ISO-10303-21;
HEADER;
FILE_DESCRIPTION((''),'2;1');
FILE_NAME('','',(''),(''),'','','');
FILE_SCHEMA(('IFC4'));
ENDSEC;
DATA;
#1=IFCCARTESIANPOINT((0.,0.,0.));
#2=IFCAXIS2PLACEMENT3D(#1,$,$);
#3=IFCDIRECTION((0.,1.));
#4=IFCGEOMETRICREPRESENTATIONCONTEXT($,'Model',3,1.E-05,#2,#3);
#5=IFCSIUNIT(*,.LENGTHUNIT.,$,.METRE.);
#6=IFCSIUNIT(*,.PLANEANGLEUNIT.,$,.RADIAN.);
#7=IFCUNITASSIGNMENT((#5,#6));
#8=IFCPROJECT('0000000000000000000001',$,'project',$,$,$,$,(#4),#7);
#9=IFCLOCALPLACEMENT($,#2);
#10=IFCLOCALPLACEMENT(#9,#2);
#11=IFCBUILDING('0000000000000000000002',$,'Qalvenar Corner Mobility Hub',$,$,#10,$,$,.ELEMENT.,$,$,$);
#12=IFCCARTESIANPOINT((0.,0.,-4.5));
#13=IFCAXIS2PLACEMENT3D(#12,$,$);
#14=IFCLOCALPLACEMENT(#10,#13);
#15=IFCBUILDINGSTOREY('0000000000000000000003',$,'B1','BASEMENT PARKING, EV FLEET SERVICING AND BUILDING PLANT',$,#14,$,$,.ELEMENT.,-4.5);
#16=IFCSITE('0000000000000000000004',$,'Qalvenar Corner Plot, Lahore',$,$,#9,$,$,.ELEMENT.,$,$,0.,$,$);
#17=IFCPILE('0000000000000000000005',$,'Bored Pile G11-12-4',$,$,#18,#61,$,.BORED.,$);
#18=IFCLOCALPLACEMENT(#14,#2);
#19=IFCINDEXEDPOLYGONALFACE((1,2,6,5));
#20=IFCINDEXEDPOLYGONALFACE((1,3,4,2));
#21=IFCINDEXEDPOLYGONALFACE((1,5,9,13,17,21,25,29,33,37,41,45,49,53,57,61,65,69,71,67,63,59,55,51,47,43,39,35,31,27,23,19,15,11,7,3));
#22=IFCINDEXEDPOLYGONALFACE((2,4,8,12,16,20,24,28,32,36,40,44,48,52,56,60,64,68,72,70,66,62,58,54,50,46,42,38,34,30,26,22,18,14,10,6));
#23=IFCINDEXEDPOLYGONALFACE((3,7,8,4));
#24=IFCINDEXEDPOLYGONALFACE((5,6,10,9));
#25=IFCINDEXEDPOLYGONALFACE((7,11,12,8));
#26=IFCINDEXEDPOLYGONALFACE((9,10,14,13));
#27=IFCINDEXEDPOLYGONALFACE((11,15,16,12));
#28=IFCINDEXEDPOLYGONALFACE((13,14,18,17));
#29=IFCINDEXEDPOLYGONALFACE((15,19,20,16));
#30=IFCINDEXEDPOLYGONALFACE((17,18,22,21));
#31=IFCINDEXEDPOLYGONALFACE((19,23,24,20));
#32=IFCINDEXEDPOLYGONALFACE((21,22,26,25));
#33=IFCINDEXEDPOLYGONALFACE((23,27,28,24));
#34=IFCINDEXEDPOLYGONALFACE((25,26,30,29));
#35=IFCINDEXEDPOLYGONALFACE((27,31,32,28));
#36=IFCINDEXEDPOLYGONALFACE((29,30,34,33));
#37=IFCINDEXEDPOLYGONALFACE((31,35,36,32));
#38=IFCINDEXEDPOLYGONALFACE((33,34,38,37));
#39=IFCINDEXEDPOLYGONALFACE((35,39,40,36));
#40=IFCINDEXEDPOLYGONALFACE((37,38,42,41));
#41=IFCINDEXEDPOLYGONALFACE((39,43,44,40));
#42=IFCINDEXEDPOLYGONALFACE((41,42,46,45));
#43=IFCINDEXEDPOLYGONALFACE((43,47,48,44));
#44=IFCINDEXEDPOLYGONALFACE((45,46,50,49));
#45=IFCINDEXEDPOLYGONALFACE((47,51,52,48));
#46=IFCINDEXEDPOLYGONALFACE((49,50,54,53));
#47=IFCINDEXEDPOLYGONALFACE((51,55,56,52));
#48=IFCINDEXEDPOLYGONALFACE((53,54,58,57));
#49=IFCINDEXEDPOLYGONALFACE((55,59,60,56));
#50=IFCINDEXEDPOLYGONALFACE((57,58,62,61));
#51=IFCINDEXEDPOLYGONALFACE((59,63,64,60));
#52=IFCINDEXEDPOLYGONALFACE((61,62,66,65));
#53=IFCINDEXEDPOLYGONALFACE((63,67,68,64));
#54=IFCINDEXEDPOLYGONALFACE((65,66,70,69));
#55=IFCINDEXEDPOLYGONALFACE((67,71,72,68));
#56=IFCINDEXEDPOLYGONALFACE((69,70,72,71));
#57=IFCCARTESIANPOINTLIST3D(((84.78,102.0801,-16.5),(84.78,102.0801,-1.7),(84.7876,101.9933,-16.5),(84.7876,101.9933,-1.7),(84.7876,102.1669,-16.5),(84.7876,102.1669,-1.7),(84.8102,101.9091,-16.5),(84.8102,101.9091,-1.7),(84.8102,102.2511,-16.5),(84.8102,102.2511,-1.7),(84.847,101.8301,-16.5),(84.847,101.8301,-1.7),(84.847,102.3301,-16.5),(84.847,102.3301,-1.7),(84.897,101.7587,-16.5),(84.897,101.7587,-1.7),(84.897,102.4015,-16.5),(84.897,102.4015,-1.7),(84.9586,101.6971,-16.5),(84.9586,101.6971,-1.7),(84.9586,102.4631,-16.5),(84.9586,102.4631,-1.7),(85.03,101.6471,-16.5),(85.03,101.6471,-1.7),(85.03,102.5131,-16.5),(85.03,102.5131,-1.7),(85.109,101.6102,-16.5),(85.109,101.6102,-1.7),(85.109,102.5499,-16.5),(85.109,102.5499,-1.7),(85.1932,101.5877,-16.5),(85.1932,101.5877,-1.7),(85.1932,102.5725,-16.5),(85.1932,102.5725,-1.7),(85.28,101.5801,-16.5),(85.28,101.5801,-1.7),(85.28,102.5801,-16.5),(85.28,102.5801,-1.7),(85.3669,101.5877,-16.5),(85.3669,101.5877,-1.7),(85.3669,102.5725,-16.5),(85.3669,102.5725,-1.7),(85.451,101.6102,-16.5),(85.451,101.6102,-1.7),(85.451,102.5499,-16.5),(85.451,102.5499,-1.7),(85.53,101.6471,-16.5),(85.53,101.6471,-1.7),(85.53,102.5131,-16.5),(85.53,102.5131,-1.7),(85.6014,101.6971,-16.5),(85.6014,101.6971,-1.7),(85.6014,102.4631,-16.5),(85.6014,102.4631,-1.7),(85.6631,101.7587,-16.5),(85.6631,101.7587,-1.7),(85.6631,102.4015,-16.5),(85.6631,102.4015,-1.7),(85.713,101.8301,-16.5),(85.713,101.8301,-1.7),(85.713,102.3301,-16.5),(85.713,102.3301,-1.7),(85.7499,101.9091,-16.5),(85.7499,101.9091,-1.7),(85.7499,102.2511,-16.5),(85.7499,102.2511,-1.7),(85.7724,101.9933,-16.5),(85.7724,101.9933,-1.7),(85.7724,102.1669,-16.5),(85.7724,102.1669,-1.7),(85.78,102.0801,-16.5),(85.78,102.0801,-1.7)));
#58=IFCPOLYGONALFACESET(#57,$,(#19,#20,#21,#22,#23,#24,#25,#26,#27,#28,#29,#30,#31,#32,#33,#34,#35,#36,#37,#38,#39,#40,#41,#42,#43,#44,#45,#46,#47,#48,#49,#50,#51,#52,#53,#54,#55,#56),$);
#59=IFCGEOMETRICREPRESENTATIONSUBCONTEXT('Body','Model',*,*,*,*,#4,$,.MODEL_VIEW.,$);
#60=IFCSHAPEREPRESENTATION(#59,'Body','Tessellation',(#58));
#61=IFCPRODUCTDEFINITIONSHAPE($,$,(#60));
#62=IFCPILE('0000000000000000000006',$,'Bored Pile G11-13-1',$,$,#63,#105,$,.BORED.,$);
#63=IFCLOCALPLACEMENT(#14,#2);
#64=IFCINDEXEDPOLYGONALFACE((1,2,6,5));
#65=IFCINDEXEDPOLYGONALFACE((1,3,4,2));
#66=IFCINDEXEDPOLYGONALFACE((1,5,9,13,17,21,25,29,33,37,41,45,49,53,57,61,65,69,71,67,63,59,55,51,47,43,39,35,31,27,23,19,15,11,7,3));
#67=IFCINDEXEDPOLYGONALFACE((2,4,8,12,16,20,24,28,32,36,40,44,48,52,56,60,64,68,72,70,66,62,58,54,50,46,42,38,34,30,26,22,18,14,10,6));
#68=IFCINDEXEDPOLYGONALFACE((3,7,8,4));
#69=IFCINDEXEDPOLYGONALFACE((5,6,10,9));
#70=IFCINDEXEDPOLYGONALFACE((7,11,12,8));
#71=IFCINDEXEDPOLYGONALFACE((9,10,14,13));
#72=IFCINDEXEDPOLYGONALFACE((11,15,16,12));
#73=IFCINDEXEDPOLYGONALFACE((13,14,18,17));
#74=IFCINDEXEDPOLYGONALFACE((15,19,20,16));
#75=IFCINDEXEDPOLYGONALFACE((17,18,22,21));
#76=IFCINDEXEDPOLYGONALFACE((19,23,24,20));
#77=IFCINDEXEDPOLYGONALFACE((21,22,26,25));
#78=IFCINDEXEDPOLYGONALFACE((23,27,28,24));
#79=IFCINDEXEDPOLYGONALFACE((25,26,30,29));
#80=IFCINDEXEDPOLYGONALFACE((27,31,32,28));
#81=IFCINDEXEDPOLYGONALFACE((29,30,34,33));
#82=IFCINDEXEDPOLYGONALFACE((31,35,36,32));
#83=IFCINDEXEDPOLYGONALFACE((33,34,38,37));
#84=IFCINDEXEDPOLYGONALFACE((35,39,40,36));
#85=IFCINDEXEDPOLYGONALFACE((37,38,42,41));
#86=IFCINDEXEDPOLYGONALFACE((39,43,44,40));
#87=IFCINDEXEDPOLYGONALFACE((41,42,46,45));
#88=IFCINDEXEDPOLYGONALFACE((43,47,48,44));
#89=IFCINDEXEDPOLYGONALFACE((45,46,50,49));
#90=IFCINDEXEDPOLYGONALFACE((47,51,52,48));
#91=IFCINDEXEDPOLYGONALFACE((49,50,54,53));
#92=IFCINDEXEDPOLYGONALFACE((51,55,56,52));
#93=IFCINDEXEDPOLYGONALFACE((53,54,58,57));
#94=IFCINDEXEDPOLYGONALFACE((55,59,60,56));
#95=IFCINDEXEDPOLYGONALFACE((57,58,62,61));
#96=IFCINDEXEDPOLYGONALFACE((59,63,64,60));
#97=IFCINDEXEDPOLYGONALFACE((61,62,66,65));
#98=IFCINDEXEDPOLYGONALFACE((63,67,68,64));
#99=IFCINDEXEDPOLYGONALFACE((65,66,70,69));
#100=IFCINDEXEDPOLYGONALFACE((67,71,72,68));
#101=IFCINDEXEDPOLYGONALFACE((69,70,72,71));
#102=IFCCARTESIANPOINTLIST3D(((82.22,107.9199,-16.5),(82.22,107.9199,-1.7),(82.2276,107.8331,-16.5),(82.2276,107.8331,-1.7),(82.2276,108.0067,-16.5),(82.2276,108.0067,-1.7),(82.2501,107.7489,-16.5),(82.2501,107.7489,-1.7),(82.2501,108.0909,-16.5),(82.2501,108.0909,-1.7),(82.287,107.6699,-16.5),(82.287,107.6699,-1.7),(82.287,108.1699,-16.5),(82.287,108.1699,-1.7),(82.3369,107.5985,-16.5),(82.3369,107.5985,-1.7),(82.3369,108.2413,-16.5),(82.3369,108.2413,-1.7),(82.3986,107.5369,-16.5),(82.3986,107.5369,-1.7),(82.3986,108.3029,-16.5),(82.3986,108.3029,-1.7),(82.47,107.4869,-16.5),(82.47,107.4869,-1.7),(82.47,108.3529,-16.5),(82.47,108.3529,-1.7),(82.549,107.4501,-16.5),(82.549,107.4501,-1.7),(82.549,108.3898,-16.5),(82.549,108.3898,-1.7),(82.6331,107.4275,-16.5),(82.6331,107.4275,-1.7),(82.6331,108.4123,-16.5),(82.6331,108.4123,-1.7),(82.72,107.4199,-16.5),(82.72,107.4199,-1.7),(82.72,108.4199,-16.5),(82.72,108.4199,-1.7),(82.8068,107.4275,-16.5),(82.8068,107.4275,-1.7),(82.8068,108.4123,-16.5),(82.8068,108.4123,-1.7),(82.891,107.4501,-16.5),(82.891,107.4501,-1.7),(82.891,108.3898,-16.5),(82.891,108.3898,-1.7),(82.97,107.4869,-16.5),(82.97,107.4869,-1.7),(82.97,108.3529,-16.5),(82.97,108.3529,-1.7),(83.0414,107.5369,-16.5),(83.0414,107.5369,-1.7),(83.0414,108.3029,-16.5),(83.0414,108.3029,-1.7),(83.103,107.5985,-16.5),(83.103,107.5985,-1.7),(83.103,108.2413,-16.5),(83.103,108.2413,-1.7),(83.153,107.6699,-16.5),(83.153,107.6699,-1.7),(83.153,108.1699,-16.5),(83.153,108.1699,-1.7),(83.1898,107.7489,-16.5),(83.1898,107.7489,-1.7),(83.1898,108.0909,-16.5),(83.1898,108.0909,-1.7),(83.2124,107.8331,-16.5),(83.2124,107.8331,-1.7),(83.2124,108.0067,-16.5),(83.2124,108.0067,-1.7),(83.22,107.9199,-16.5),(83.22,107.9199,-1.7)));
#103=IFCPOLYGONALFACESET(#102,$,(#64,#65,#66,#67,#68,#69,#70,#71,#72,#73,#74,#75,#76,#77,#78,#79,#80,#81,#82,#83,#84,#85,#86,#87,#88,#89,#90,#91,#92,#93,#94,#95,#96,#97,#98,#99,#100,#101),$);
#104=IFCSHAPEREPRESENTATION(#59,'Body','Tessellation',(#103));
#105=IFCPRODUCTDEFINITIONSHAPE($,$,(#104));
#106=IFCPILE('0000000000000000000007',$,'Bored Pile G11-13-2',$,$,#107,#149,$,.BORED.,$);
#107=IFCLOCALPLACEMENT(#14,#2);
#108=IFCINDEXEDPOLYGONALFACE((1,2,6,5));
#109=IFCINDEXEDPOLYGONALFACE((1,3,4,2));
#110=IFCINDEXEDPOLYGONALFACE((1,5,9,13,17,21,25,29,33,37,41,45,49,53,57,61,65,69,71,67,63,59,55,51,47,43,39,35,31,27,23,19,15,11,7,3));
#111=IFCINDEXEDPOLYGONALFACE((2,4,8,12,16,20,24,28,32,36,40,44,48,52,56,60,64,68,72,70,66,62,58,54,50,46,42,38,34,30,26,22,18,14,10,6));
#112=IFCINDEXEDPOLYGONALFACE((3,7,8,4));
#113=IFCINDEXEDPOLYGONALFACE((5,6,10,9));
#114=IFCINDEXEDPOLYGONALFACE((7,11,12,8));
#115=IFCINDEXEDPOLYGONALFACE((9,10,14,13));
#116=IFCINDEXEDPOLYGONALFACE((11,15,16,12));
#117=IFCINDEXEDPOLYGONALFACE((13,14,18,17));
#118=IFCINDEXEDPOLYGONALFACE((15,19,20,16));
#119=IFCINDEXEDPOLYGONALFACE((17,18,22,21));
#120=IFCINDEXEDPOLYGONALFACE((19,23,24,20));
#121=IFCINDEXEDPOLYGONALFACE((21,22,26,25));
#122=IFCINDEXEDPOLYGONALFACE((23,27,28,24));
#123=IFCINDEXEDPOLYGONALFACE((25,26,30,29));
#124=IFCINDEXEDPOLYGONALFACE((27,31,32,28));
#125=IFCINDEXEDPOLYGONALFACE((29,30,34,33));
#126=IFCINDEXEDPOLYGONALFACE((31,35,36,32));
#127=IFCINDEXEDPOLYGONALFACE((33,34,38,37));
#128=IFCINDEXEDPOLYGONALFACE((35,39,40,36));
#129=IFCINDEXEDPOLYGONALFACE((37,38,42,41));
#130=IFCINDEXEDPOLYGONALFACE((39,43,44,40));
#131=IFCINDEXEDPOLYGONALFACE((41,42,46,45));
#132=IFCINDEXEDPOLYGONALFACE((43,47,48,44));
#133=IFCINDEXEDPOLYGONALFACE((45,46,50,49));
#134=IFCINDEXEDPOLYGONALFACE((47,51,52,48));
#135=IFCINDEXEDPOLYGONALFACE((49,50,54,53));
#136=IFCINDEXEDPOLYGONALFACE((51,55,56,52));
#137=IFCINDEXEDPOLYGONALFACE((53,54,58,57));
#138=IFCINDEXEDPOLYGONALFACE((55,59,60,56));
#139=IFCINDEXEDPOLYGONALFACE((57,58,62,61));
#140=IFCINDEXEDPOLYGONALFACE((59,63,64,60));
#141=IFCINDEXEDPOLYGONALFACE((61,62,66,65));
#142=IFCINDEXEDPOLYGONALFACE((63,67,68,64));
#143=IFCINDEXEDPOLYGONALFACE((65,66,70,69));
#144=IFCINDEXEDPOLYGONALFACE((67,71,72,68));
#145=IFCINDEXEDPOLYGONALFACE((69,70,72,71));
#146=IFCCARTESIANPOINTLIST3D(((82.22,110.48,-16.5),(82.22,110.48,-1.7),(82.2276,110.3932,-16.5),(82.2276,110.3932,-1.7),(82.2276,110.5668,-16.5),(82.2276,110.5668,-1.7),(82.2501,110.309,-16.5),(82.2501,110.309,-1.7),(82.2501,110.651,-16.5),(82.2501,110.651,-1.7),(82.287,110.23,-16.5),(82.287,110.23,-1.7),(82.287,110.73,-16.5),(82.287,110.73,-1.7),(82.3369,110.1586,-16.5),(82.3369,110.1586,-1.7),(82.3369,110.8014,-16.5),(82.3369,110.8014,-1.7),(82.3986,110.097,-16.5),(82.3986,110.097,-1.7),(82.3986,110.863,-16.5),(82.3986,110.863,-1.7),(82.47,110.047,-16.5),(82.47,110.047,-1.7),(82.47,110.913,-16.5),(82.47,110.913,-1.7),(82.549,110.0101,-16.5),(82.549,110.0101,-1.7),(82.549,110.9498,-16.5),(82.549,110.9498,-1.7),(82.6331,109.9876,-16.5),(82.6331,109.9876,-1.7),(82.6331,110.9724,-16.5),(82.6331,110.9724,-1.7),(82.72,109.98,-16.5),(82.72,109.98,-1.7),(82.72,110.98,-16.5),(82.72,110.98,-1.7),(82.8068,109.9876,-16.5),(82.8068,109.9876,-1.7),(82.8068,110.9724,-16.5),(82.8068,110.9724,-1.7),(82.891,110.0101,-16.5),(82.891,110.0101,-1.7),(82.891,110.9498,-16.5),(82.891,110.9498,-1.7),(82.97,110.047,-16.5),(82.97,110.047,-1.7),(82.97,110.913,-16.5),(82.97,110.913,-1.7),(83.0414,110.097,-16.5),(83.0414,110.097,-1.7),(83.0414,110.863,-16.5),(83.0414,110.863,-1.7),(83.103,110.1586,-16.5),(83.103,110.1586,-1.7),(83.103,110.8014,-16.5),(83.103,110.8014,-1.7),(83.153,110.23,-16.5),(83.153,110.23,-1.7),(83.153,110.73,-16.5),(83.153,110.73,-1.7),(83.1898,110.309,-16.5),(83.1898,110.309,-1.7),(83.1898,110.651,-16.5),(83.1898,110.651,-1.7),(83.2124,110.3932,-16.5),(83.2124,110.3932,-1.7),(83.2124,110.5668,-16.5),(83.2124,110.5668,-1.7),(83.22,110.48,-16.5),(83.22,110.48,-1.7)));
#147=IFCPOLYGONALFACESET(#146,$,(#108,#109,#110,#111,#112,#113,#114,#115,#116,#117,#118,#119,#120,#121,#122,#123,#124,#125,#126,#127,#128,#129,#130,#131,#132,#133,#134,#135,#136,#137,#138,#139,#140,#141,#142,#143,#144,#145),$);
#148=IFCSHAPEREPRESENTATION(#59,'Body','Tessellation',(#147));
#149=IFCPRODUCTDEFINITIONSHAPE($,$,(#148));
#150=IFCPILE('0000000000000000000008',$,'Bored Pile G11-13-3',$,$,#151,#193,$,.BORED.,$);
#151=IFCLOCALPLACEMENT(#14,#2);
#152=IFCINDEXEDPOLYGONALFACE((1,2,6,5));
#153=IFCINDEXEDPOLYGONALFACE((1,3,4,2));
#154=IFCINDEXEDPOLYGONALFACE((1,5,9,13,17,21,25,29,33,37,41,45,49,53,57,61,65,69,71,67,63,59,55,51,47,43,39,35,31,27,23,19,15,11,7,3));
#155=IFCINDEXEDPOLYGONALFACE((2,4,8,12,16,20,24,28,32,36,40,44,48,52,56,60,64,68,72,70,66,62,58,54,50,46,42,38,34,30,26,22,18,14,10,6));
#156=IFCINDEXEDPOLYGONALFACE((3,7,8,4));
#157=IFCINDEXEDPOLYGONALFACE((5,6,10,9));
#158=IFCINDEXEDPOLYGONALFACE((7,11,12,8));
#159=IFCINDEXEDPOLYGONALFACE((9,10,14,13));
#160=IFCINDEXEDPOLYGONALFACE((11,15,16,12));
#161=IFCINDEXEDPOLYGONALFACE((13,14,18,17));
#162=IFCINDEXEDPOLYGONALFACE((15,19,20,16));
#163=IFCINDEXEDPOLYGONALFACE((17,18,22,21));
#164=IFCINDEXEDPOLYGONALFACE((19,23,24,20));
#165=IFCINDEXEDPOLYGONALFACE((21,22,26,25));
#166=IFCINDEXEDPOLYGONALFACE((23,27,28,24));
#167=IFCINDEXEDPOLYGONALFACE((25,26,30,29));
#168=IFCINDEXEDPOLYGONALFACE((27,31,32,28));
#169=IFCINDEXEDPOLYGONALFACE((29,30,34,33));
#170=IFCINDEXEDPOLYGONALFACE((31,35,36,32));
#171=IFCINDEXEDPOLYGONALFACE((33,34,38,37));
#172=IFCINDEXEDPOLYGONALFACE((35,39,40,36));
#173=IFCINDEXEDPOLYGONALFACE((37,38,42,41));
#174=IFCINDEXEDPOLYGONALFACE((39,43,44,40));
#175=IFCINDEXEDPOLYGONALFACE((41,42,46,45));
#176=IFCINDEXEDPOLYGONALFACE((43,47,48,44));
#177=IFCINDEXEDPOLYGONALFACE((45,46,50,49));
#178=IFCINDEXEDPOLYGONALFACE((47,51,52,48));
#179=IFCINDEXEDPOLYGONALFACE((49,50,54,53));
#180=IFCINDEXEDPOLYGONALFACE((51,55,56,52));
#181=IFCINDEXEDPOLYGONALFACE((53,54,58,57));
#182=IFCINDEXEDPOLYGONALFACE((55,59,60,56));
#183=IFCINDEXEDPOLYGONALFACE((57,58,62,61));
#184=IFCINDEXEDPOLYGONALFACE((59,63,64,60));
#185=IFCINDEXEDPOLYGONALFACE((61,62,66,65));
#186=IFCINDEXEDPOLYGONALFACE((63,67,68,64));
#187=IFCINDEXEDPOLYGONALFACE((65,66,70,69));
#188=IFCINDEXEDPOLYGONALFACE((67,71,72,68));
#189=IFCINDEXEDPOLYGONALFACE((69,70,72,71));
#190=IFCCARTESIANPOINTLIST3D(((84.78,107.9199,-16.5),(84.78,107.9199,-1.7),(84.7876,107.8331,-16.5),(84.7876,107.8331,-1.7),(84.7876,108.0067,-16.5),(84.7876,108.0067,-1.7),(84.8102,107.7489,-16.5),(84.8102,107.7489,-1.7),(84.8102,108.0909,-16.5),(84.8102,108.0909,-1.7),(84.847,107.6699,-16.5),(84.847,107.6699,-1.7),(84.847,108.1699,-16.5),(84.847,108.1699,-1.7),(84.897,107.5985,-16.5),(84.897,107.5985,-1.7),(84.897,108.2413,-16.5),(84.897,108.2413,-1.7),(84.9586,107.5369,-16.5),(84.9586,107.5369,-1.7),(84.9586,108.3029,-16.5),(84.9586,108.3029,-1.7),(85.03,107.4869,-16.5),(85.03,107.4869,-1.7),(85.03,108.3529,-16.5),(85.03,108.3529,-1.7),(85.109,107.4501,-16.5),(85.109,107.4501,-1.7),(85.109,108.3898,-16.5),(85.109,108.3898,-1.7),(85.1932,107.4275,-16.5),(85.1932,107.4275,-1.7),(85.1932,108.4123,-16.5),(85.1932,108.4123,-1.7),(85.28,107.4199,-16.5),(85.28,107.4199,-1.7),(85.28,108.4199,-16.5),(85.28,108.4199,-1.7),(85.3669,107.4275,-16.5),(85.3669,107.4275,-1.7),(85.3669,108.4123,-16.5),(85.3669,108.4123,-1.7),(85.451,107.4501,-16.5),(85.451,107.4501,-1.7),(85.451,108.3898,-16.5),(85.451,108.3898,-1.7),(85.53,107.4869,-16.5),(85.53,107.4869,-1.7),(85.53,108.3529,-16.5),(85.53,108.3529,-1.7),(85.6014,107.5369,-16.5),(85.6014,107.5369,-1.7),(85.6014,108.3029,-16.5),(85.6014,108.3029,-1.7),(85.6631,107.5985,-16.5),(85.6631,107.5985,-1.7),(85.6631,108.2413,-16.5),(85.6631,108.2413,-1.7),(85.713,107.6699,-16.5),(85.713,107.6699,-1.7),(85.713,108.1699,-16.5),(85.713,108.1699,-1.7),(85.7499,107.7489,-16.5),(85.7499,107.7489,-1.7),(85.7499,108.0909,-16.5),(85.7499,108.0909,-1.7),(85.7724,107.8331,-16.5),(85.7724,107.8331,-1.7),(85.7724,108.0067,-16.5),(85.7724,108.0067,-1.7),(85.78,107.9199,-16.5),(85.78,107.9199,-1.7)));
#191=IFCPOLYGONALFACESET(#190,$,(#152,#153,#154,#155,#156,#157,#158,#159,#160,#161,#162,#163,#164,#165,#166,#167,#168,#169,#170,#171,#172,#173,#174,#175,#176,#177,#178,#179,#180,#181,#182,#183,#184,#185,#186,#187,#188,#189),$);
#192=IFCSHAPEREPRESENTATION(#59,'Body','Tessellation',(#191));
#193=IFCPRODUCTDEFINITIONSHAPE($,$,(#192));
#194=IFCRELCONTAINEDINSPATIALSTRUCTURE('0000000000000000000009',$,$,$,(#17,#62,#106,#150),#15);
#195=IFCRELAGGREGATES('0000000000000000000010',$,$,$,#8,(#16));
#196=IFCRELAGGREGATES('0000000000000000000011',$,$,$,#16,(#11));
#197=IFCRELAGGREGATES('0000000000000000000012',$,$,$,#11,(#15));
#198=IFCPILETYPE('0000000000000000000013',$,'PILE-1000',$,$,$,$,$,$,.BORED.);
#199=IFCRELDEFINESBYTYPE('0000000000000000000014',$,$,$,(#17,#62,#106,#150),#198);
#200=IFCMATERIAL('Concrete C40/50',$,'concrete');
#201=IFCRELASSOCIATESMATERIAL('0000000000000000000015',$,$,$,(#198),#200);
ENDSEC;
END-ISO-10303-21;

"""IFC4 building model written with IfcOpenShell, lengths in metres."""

from ifc_helpers import new_model, si_unit, direction, frame, origin, origin_2d, place, context, subcontext, project, spatial, circle, extrude, material, material_profile, profile_set, type_object, element, save


model = new_model("IFC4")

# Units and contexts
model_context = context("Model", 3, precision=1e-05, world=origin(), true_north=direction((0.0, 1.0)))
body_context = subcontext(model_context, "Body", "Model", "MODEL_VIEW")
ifc_project = project(units=[si_unit("LENGTHUNIT", "METRE"), si_unit("PLANEANGLEUNIT", "RADIAN")], contexts=[model_context])

# Site, building, storey
site_placement = place(None, origin())
site = spatial("IfcSite", under=ifc_project, at=site_placement, Name="Qalvenar Corner Plot, Lahore", CompositionType="ELEMENT", RefElevation=0.0)
building_placement = place(site_placement, origin())
building = spatial("IfcBuilding", under=site, at=building_placement, Name="Qalvenar Corner Mobility Hub", CompositionType="ELEMENT")
storey_placement = place(building_placement, frame((0.0, 0.0, -4.5)))
storey = spatial("IfcBuildingStorey", under=building, at=storey_placement, Name="B1", Description="BASEMENT PARKING, EV FLEET SERVICING AND BUILDING PLANT", CompositionType="ELEMENT", Elevation=-4.5)

# Shared definitions
ifc_material_1 = material(Name="Concrete C40/50", Category="concrete")

# Piles
ifc_material_profile_1 = material_profile(ifc_material_1, circle(Radius=0.5, at=origin_2d()), Name="DIA1000")
ifc_profile_set_1 = profile_set([ifc_material_profile_1], Name="Concrete C40/50")
pile_type = type_object("IfcPileType", Name="PILE-1000", PredefinedType="BORED", material=ifc_profile_set_1)
for number, where, z_axis, x_axis, name in (
    (1, (85.28, 102.0801, -1.7), (0.0, 0.0, -1.0), (1.0, 0.0, 0.0), "Bored Pile G11-12-4"),
    (2, (82.72, 107.9199, -1.7), (0.0, 0.0, -1.0), (1.0, 0.0, 0.0), "Bored Pile G11-13-1"),
    (3, (82.72, 110.48, -1.7), (0.0, 0.0, -1.0), (1.0, 0.0, 0.0), "Bored Pile G11-13-2"),
    (4, (85.28, 107.9199, -1.7), (0.0, 0.0, -1.0), (1.0, 0.0, 0.0), "Bored Pile G11-13-3"),
):
    element("IfcPile", number, at=place(storey_placement, frame(where, z_axis=z_axis, x_axis=x_axis)), inside=storey, type_object=pile_type, Name=name, PredefinedType="BORED", context=body_context, shape_type="SweptSolid", body=[
        extrude(circle(Radius=0.5, at=origin_2d()), origin(), (0.0, 0.0, 1.0), 14.8),
    ])

save(model, "model.ifc")
